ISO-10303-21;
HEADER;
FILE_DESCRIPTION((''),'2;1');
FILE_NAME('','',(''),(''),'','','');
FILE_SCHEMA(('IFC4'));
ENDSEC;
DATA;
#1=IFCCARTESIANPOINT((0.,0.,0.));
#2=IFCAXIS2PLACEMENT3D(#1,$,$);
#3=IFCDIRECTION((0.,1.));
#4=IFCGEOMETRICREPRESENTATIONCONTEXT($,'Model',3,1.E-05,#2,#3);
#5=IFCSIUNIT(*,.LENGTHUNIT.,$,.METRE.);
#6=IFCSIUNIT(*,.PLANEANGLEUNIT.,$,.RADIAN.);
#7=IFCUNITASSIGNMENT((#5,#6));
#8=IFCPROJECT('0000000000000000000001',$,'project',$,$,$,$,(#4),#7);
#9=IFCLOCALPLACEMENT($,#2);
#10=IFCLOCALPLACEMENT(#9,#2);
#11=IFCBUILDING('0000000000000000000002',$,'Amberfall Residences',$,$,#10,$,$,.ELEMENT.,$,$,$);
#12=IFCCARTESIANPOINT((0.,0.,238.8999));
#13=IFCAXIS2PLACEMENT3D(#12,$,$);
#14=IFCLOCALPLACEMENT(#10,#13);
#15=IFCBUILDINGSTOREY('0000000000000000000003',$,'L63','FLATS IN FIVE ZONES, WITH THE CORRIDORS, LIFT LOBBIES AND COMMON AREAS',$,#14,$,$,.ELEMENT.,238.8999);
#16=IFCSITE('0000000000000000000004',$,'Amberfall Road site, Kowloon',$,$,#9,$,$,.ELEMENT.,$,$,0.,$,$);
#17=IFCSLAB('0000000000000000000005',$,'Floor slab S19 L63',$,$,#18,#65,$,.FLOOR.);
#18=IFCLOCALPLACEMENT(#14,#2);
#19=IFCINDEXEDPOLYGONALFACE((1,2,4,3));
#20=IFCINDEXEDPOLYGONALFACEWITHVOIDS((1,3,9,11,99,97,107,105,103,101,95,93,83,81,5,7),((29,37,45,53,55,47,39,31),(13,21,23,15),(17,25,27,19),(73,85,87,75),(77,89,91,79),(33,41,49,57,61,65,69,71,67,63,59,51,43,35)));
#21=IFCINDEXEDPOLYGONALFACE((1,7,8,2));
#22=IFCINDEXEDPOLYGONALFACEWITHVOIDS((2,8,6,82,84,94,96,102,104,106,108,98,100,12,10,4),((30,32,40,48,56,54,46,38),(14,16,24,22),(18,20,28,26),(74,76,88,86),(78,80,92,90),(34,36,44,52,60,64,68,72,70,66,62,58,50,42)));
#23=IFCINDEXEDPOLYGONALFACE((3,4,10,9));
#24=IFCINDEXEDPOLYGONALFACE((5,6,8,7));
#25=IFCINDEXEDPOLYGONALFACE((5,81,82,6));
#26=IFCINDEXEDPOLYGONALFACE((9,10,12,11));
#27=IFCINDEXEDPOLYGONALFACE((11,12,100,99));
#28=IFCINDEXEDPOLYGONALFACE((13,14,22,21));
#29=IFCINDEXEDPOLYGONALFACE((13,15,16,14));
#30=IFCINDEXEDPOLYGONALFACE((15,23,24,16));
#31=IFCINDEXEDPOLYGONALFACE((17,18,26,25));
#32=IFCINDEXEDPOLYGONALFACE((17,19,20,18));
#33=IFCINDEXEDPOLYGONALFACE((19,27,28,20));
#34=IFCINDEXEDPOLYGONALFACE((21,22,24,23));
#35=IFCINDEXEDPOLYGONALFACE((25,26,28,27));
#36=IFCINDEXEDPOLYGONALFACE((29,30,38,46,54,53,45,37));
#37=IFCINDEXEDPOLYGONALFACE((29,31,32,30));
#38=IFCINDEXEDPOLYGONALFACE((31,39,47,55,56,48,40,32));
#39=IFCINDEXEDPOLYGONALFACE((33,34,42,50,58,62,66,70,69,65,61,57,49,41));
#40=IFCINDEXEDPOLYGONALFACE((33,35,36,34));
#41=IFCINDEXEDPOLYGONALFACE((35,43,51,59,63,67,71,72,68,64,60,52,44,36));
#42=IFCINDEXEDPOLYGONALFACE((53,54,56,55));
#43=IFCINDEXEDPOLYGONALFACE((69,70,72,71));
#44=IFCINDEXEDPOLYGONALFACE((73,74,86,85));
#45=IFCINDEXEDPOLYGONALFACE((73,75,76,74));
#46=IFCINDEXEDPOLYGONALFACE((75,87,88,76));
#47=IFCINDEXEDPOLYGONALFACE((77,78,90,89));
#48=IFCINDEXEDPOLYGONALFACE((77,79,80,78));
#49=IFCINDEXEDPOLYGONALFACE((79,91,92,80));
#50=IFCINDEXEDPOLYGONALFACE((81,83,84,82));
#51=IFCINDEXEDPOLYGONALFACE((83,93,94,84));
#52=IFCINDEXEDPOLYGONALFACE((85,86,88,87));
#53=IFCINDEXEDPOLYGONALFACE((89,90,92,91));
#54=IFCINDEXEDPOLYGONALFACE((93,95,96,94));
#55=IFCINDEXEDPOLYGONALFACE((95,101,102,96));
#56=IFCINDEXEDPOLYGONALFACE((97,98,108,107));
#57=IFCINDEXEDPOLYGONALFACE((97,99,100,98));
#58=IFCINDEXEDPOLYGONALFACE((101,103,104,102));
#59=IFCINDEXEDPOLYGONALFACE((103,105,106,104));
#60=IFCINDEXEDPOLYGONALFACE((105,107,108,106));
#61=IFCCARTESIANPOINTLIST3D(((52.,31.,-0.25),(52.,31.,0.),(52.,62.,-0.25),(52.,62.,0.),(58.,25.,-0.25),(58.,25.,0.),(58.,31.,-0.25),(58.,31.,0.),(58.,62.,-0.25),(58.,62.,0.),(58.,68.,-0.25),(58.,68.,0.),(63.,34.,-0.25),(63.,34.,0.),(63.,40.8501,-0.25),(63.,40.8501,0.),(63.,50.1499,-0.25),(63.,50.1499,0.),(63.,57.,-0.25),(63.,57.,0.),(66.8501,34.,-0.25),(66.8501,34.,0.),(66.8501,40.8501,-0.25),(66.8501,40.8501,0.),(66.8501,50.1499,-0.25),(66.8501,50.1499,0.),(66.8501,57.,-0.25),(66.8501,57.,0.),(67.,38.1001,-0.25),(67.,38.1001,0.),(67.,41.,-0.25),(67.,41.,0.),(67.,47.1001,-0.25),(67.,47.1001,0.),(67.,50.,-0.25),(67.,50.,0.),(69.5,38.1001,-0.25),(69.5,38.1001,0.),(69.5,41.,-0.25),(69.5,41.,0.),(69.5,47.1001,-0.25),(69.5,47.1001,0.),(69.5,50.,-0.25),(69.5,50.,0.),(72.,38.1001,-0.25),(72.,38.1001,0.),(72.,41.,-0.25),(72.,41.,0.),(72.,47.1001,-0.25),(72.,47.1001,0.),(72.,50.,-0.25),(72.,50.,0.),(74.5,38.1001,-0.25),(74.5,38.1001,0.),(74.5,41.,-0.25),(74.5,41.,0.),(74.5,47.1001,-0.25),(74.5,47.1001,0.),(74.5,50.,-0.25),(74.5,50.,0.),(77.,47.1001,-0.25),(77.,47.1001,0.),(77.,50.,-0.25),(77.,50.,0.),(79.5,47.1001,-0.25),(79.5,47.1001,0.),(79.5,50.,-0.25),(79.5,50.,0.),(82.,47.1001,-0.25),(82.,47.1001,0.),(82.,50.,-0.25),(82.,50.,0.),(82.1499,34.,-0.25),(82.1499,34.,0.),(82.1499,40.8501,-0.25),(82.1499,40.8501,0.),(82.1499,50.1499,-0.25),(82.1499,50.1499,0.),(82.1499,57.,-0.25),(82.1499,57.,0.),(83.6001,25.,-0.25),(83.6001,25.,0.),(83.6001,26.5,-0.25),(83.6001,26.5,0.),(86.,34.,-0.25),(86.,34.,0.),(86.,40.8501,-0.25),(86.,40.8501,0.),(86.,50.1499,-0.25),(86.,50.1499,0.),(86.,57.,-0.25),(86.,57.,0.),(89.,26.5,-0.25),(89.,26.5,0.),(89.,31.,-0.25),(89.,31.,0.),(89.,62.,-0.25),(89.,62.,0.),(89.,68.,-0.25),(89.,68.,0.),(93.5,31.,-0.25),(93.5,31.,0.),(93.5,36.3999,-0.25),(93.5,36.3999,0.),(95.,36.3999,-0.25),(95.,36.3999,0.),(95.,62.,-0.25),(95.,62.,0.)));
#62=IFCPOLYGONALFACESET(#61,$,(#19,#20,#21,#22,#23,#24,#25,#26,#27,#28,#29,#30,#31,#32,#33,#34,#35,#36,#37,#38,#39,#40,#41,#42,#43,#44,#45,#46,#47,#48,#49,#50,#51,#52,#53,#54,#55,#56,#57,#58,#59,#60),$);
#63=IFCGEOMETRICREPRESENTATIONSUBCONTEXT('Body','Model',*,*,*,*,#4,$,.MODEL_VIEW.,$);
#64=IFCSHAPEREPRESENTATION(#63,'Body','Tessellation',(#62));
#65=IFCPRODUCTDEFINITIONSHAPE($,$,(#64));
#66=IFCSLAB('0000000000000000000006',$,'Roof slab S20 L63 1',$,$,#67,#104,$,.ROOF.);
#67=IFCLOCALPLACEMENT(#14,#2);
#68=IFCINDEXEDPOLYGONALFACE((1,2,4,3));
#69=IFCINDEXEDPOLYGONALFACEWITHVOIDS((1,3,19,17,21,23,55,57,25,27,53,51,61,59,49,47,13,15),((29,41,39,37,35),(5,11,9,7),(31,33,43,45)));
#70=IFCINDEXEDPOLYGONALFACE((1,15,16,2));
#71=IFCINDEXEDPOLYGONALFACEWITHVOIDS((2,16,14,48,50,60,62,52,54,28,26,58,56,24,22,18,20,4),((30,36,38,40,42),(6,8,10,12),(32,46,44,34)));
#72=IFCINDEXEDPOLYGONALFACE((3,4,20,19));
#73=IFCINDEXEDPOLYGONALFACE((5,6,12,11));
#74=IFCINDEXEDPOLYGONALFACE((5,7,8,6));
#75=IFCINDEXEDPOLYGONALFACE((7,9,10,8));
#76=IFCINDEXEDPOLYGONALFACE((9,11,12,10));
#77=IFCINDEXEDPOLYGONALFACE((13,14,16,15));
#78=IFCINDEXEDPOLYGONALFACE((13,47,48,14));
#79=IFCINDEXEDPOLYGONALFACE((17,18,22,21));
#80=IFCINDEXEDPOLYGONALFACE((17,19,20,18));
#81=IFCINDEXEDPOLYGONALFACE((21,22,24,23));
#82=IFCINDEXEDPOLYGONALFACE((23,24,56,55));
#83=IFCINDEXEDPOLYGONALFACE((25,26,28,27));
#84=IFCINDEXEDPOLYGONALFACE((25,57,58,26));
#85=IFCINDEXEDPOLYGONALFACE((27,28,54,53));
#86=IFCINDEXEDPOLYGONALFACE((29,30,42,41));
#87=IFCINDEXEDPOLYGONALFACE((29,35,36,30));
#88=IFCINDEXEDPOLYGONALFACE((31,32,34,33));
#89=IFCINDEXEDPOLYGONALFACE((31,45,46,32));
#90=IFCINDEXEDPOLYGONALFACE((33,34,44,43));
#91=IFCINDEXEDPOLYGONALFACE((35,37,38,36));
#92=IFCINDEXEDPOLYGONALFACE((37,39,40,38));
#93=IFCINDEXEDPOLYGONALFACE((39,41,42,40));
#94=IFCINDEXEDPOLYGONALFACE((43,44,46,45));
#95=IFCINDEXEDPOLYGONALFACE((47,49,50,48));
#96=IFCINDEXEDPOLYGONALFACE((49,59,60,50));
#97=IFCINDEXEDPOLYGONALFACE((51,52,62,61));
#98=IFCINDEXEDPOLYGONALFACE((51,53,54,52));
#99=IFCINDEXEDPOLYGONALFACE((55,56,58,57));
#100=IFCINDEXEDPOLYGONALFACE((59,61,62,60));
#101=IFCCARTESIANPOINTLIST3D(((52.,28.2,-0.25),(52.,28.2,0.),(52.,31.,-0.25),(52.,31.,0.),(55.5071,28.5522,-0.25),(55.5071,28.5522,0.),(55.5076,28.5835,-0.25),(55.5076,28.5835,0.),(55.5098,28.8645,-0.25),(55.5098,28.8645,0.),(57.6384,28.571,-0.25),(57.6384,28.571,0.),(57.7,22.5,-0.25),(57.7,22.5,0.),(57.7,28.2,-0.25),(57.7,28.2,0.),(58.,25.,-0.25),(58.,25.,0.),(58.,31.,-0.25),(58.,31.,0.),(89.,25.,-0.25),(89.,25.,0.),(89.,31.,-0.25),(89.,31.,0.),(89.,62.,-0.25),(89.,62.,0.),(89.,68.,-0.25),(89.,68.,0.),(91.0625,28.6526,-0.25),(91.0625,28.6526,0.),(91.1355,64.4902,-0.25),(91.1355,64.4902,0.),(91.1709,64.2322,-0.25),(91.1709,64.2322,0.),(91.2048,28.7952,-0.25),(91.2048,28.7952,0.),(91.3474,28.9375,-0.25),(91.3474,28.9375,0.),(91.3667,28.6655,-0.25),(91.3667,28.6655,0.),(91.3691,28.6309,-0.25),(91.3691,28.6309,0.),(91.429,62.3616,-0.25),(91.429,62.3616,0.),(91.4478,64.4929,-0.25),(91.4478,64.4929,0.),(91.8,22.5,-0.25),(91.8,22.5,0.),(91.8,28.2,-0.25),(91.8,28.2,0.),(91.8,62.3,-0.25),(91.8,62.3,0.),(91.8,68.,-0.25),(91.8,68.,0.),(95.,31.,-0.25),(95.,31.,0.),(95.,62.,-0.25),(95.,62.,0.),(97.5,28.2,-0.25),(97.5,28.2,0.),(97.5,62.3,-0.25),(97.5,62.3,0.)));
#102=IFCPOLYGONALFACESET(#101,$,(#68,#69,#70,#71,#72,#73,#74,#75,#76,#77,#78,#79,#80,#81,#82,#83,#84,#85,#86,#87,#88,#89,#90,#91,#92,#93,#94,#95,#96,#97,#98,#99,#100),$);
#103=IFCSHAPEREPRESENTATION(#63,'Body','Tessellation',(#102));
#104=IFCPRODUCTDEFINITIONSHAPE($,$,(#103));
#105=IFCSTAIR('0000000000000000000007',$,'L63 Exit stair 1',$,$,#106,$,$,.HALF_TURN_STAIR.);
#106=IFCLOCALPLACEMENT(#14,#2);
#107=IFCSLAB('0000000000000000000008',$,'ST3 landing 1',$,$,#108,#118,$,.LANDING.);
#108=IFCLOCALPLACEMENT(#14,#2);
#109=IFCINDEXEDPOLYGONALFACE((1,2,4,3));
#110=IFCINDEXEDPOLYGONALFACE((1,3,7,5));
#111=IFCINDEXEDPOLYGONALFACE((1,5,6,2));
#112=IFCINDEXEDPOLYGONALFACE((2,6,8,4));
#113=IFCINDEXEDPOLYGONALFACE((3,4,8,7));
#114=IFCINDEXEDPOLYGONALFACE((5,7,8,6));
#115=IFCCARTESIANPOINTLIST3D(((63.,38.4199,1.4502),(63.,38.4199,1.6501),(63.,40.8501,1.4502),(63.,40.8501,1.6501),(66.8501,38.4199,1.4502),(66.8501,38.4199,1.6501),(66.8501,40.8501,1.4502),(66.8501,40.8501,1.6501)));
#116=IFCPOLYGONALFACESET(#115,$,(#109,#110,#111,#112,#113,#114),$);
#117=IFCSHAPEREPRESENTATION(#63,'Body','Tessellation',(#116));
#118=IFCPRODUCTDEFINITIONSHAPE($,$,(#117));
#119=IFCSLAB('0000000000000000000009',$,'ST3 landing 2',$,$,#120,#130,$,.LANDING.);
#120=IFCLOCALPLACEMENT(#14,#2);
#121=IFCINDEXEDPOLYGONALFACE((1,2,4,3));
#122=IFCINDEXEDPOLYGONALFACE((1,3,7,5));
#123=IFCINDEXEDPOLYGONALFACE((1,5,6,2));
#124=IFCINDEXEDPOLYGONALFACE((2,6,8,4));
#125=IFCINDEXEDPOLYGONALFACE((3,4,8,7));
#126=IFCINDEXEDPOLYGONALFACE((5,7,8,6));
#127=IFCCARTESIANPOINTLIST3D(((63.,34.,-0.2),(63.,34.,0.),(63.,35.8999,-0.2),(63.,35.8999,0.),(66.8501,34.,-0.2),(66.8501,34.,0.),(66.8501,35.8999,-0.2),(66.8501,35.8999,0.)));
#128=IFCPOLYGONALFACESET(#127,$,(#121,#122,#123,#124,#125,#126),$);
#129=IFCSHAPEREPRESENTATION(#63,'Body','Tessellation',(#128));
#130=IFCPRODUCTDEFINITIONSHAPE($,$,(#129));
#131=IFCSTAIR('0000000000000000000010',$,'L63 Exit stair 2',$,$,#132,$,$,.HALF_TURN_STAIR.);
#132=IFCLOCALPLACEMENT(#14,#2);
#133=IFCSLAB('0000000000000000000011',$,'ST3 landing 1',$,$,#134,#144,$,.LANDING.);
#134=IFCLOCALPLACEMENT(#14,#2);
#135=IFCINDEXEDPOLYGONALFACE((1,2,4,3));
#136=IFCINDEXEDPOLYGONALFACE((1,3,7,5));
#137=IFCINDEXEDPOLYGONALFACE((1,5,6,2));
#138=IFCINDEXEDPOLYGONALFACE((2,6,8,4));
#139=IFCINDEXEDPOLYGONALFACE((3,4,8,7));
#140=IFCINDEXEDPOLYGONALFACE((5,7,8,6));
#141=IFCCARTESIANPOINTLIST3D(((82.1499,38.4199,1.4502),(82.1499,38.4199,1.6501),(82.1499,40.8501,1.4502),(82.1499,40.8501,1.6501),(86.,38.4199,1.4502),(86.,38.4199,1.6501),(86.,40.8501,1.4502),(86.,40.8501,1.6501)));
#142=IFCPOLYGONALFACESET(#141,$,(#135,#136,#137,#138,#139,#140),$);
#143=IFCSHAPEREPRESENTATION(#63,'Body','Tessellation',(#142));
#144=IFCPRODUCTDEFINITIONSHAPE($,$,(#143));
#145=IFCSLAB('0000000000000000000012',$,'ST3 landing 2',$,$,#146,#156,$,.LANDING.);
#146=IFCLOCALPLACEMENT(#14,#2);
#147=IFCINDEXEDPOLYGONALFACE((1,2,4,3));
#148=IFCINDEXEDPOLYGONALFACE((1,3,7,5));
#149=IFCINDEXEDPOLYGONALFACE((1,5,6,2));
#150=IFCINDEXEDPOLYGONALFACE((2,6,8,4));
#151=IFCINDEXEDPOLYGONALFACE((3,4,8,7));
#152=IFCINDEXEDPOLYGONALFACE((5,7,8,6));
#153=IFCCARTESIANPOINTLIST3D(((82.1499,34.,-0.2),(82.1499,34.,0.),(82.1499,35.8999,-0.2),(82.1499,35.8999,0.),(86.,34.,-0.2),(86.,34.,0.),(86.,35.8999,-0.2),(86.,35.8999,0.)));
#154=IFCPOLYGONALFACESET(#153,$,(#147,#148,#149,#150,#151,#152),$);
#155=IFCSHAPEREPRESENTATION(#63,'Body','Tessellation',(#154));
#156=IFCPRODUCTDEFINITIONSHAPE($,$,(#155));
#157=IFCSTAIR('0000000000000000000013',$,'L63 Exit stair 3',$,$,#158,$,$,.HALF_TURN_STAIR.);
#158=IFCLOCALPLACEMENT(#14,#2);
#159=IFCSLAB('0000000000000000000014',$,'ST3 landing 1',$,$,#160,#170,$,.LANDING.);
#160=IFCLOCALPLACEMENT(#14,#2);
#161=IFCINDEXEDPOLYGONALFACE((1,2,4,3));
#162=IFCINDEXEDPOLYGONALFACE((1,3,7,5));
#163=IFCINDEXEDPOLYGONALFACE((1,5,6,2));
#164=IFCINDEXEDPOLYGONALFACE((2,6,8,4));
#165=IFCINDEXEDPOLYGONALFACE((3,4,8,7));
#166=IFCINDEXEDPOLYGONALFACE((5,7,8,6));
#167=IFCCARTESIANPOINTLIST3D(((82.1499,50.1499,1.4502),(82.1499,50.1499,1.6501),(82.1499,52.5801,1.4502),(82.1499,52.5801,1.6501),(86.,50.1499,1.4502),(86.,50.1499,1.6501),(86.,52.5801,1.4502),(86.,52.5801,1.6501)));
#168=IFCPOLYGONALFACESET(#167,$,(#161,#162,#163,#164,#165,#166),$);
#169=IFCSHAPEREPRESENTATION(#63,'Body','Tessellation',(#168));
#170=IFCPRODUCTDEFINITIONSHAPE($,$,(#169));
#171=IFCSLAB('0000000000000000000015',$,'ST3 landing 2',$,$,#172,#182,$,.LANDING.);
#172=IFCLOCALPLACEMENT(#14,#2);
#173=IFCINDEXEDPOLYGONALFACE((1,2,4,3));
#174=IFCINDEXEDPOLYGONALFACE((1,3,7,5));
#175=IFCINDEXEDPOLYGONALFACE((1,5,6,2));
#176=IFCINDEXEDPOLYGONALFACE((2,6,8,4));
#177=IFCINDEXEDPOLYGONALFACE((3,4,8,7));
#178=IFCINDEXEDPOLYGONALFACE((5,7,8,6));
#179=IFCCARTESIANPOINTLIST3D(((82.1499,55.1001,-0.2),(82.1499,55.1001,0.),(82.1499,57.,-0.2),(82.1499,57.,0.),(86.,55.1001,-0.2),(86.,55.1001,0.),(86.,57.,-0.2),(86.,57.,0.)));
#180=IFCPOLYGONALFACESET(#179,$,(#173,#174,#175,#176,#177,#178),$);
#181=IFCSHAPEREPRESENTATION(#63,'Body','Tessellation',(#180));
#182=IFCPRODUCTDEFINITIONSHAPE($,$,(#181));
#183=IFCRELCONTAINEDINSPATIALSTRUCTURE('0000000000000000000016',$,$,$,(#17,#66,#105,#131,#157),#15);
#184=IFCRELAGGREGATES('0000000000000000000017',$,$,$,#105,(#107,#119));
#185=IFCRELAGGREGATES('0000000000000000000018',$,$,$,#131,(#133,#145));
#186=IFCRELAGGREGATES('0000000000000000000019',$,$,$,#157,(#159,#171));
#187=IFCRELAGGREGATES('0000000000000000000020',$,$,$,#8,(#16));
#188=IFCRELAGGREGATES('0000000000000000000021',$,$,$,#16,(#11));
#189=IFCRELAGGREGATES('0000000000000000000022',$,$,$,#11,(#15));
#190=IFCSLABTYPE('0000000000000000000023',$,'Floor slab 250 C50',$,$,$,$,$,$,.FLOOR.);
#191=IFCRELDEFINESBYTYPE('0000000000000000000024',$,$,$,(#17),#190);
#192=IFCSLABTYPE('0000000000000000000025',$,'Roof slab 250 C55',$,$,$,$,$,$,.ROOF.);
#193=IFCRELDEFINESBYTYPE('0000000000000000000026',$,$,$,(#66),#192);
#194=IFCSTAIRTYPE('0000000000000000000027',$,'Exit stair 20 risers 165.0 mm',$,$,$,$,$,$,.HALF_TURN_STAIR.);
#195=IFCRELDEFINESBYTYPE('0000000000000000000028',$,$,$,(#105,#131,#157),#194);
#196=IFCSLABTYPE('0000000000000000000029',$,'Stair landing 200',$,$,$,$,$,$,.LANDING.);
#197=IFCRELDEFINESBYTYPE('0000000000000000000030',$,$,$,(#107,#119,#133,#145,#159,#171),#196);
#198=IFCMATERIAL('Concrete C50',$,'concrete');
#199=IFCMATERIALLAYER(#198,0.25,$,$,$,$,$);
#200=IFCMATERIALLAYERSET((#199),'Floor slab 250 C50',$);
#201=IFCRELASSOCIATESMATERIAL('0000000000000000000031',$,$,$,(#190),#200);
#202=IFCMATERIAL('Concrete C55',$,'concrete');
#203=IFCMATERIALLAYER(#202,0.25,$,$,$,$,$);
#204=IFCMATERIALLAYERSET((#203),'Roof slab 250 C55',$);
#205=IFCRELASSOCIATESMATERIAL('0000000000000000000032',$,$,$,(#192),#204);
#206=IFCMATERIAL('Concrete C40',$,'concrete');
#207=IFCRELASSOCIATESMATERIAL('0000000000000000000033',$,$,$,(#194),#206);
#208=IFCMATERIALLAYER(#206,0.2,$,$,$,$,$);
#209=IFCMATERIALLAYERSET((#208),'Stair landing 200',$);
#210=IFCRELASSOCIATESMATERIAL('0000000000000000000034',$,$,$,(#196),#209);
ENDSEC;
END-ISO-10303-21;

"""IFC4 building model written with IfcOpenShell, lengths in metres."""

from ifc_helpers import new_model, si_unit, direction, frame, origin, place, context, subcontext, project, spatial, polyline, outline, extrude, material, layer, layer_set, type_object, element, aggregate, save


model = new_model("IFC4")

# Units and contexts
model_context = context("Model", 3, precision=1e-05, world=origin(), true_north=direction((0.0, 1.0)))
body_context = subcontext(model_context, "Body", "Model", "MODEL_VIEW")
ifc_project = project(units=[si_unit("LENGTHUNIT", "METRE"), si_unit("PLANEANGLEUNIT", "RADIAN")], contexts=[model_context])

# Site, building, storey
site_placement = place(None, origin())
site = spatial("IfcSite", under=ifc_project, at=site_placement, Name="Amberfall Road site, Kowloon", CompositionType="ELEMENT", RefElevation=0.0)
building_placement = place(site_placement, origin())
building = spatial("IfcBuilding", under=site, at=building_placement, Name="Amberfall Residences", CompositionType="ELEMENT")
storey_placement = place(building_placement, frame((0.0, 0.0, 238.8999)))
storey = spatial("IfcBuildingStorey", under=building, at=storey_placement, Name="L63", Description="FLATS IN FIVE ZONES, WITH THE CORRIDORS, LIFT LOBBIES AND COMMON AREAS", CompositionType="ELEMENT", Elevation=238.8999)

# Shared definitions
ifc_material_1 = material(Name="Concrete C50", Category="concrete")

# Slabs
ifc_layer_1 = layer(ifc_material_1, 0.25)
ifc_layer_set_1 = layer_set([ifc_layer_1], Name="Floor slab 250 C50")
slab_type_1 = type_object("IfcSlabType", Name="Floor slab 250 C50", PredefinedType="FLOOR", material=ifc_layer_set_1)
slab_1_placement = place(storey_placement, frame((0.0, 0.0, -0.25)))
element("IfcSlab", 1, at=slab_1_placement, inside=storey, type_object=slab_type_1, Name="Floor slab S19 L63", PredefinedType="FLOOR", context=body_context, shape_type="SweptSolid", body=[
    extrude(outline(polyline([(83.6001, 26.5), (83.6001, 25.0), (58.0, 25.0), (58.0, 31.0), (52.0, 31.0), (52.0, 62.0), (58.0, 62.0), (58.0, 68.0), (89.0, 68.0), (89.0, 62.0), (95.0, 62.0), (95.0, 36.3999), (93.5, 36.3999), (93.5, 31.0), (89.0, 31.0), (89.0, 26.5), (83.6001, 26.5)]), holes=[polyline([(86.0, 34.0), (86.0, 40.8501), (82.1499, 40.8501), (82.1499, 34.0), (86.0, 34.0)]), polyline([(86.0, 50.1499), (86.0, 57.0), (82.1499, 57.0), (82.1499, 50.1499), (86.0, 50.1499)]), polyline([(67.0, 50.0), (67.0, 47.1001), (69.5, 47.1001), (72.0, 47.1001), (74.5, 47.1001), (77.0, 47.1001), (79.5, 47.1001), (82.0, 47.1001), (82.0, 50.0), (79.5, 50.0), (77.0, 50.0), (74.5, 50.0), (72.0, 50.0), (69.5, 50.0), (67.0, 50.0)]), polyline([(69.5, 41.0), (67.0, 41.0), (67.0, 38.1001), (69.5, 38.1001), (72.0, 38.1001), (74.5, 38.1001), (74.5, 41.0), (72.0, 41.0), (69.5, 41.0)]), polyline([(66.8501, 40.8501), (63.0, 40.8501), (63.0, 34.0), (66.8501, 34.0), (66.8501, 40.8501)]), polyline([(66.8501, 57.0), (63.0, 57.0), (63.0, 50.1499), (66.8501, 50.1499), (66.8501, 57.0)])]), origin(), (0.0, 0.0, 1.0), 0.25),
])
ifc_material_2 = material(Name="Concrete C55", Category="concrete")
ifc_layer_2 = layer(ifc_material_2, 0.25)
ifc_layer_set_2 = layer_set([ifc_layer_2], Name="Roof slab 250 C55")
slab_type_2 = type_object("IfcSlabType", Name="Roof slab 250 C55", PredefinedType="ROOF", material=ifc_layer_set_2)
slab_2_placement = place(storey_placement, frame((0.0, 0.0, -0.25)))
element("IfcSlab", 2, at=slab_2_placement, inside=storey, type_object=slab_type_2, Name="Roof slab S20 L63 1", PredefinedType="ROOF", context=body_context, shape_type="SweptSolid", body=[
    extrude(outline(polyline([(91.8, 22.5), (57.7, 22.5), (57.7, 28.2), (52.0, 28.2), (52.0, 31.0), (58.0, 31.0), (58.0, 25.0), (89.0, 25.0), (89.0, 31.0), (95.0, 31.0), (95.0, 62.0), (89.0, 62.0), (89.0, 68.0), (91.8, 68.0), (91.8, 62.3), (97.5, 62.3), (97.5, 28.2), (91.8, 28.2), (91.8, 22.5)]), holes=[polyline([(55.5076, 28.5835), (55.5071, 28.5522), (57.6384, 28.571), (55.5098, 28.8645), (55.5076, 28.5835)]), polyline([(91.0625, 28.6526), (91.3691, 28.6309), (91.3667, 28.6655), (91.3474, 28.9375), (91.2048, 28.7952), (91.0625, 28.6526)]), polyline([(91.1709, 64.2322), (91.429, 62.3616), (91.4478, 64.4929), (91.1355, 64.4902), (91.1709, 64.2322)])]), origin(), (0.0, 0.0, 1.0), 0.25),
])

# Stairs, slabs
ifc_material_3 = material(Name="Concrete C40", Category="concrete")
stair_type = type_object("IfcStairType", Name="Exit stair 20 risers 165.0 mm", PredefinedType="HALF_TURN_STAIR", material=ifc_material_3)
stair_1_placement = place(storey_placement, origin())
stair_1 = element("IfcStair", 3, at=stair_1_placement, inside=storey, type_object=stair_type, Name="L63 Exit stair 1", PredefinedType="HALF_TURN_STAIR")
ifc_layer_3 = layer(ifc_material_3, 0.2)
ifc_layer_set_3 = layer_set([ifc_layer_3], Name="Stair landing 200")
slab_type_3 = type_object("IfcSlabType", Name="Stair landing 200", PredefinedType="LANDING", material=ifc_layer_set_3)
slab_3_placement = place(storey_placement, frame((0.0, 0.0, 1.4502)))
slab_3 = element("IfcSlab", 4, at=slab_3_placement, type_object=slab_type_3, Name="ST3 landing 1", PredefinedType="LANDING", context=body_context, shape_type="SweptSolid", body=[
    extrude(outline(polyline([(66.8501, 38.4199), (66.8501, 40.8501), (63.0, 40.8501), (63.0, 38.4199), (66.8501, 38.4199)])), origin(), (0.0, 0.0, 1.0), 0.2),
])
slab_4_placement = place(storey_placement, frame((0.0, 0.0, -0.2)))
slab_4 = element("IfcSlab", 5, at=slab_4_placement, type_object=slab_type_3, Name="ST3 landing 2", PredefinedType="LANDING", context=body_context, shape_type="SweptSolid", body=[
    extrude(outline(polyline([(66.8501, 34.0), (66.8501, 35.8999), (63.0, 35.8999), (63.0, 34.0), (66.8501, 34.0)])), origin(), (0.0, 0.0, 1.0), 0.2),
])
aggregate(stair_1, [slab_3, slab_4])
stair_2_placement = place(storey_placement, origin())
stair_2 = element("IfcStair", 6, at=stair_2_placement, inside=storey, type_object=stair_type, Name="L63 Exit stair 2", PredefinedType="HALF_TURN_STAIR")
slab_5_placement = place(storey_placement, frame((0.0, 0.0, 1.4502)))
slab_5 = element("IfcSlab", 7, at=slab_5_placement, type_object=slab_type_3, Name="ST3 landing 1", PredefinedType="LANDING", context=body_context, shape_type="SweptSolid", body=[
    extrude(outline(polyline([(86.0, 38.4199), (86.0, 40.8501), (82.1499, 40.8501), (82.1499, 38.4199), (86.0, 38.4199)])), origin(), (0.0, 0.0, 1.0), 0.2),
])
slab_6_placement = place(storey_placement, frame((0.0, 0.0, -0.2)))
slab_6 = element("IfcSlab", 8, at=slab_6_placement, type_object=slab_type_3, Name="ST3 landing 2", PredefinedType="LANDING", context=body_context, shape_type="SweptSolid", body=[
    extrude(outline(polyline([(86.0, 34.0), (86.0, 35.8999), (82.1499, 35.8999), (82.1499, 34.0), (86.0, 34.0)])), origin(), (0.0, 0.0, 1.0), 0.2),
])
aggregate(stair_2, [slab_5, slab_6])
stair_3_placement = place(storey_placement, origin())
stair_3 = element("IfcStair", 9, at=stair_3_placement, inside=storey, type_object=stair_type, Name="L63 Exit stair 3", PredefinedType="HALF_TURN_STAIR")
slab_7_placement = place(storey_placement, frame((0.0, 0.0, 1.4502)))
slab_7 = element("IfcSlab", 10, at=slab_7_placement, type_object=slab_type_3, Name="ST3 landing 1", PredefinedType="LANDING", context=body_context, shape_type="SweptSolid", body=[
    extrude(outline(polyline([(82.1499, 52.5801), (82.1499, 50.1499), (86.0, 50.1499), (86.0, 52.5801), (82.1499, 52.5801)])), origin(), (0.0, 0.0, 1.0), 0.2),
])
slab_8_placement = place(storey_placement, frame((0.0, 0.0, -0.2)))
slab_8 = element("IfcSlab", 11, at=slab_8_placement, type_object=slab_type_3, Name="ST3 landing 2", PredefinedType="LANDING", context=body_context, shape_type="SweptSolid", body=[
    extrude(outline(polyline([(82.1499, 57.0), (82.1499, 55.1001), (86.0, 55.1001), (86.0, 57.0), (82.1499, 57.0)])), origin(), (0.0, 0.0, 1.0), 0.2),
])
aggregate(stair_3, [slab_7, slab_8])

save(model, "model.ifc")
